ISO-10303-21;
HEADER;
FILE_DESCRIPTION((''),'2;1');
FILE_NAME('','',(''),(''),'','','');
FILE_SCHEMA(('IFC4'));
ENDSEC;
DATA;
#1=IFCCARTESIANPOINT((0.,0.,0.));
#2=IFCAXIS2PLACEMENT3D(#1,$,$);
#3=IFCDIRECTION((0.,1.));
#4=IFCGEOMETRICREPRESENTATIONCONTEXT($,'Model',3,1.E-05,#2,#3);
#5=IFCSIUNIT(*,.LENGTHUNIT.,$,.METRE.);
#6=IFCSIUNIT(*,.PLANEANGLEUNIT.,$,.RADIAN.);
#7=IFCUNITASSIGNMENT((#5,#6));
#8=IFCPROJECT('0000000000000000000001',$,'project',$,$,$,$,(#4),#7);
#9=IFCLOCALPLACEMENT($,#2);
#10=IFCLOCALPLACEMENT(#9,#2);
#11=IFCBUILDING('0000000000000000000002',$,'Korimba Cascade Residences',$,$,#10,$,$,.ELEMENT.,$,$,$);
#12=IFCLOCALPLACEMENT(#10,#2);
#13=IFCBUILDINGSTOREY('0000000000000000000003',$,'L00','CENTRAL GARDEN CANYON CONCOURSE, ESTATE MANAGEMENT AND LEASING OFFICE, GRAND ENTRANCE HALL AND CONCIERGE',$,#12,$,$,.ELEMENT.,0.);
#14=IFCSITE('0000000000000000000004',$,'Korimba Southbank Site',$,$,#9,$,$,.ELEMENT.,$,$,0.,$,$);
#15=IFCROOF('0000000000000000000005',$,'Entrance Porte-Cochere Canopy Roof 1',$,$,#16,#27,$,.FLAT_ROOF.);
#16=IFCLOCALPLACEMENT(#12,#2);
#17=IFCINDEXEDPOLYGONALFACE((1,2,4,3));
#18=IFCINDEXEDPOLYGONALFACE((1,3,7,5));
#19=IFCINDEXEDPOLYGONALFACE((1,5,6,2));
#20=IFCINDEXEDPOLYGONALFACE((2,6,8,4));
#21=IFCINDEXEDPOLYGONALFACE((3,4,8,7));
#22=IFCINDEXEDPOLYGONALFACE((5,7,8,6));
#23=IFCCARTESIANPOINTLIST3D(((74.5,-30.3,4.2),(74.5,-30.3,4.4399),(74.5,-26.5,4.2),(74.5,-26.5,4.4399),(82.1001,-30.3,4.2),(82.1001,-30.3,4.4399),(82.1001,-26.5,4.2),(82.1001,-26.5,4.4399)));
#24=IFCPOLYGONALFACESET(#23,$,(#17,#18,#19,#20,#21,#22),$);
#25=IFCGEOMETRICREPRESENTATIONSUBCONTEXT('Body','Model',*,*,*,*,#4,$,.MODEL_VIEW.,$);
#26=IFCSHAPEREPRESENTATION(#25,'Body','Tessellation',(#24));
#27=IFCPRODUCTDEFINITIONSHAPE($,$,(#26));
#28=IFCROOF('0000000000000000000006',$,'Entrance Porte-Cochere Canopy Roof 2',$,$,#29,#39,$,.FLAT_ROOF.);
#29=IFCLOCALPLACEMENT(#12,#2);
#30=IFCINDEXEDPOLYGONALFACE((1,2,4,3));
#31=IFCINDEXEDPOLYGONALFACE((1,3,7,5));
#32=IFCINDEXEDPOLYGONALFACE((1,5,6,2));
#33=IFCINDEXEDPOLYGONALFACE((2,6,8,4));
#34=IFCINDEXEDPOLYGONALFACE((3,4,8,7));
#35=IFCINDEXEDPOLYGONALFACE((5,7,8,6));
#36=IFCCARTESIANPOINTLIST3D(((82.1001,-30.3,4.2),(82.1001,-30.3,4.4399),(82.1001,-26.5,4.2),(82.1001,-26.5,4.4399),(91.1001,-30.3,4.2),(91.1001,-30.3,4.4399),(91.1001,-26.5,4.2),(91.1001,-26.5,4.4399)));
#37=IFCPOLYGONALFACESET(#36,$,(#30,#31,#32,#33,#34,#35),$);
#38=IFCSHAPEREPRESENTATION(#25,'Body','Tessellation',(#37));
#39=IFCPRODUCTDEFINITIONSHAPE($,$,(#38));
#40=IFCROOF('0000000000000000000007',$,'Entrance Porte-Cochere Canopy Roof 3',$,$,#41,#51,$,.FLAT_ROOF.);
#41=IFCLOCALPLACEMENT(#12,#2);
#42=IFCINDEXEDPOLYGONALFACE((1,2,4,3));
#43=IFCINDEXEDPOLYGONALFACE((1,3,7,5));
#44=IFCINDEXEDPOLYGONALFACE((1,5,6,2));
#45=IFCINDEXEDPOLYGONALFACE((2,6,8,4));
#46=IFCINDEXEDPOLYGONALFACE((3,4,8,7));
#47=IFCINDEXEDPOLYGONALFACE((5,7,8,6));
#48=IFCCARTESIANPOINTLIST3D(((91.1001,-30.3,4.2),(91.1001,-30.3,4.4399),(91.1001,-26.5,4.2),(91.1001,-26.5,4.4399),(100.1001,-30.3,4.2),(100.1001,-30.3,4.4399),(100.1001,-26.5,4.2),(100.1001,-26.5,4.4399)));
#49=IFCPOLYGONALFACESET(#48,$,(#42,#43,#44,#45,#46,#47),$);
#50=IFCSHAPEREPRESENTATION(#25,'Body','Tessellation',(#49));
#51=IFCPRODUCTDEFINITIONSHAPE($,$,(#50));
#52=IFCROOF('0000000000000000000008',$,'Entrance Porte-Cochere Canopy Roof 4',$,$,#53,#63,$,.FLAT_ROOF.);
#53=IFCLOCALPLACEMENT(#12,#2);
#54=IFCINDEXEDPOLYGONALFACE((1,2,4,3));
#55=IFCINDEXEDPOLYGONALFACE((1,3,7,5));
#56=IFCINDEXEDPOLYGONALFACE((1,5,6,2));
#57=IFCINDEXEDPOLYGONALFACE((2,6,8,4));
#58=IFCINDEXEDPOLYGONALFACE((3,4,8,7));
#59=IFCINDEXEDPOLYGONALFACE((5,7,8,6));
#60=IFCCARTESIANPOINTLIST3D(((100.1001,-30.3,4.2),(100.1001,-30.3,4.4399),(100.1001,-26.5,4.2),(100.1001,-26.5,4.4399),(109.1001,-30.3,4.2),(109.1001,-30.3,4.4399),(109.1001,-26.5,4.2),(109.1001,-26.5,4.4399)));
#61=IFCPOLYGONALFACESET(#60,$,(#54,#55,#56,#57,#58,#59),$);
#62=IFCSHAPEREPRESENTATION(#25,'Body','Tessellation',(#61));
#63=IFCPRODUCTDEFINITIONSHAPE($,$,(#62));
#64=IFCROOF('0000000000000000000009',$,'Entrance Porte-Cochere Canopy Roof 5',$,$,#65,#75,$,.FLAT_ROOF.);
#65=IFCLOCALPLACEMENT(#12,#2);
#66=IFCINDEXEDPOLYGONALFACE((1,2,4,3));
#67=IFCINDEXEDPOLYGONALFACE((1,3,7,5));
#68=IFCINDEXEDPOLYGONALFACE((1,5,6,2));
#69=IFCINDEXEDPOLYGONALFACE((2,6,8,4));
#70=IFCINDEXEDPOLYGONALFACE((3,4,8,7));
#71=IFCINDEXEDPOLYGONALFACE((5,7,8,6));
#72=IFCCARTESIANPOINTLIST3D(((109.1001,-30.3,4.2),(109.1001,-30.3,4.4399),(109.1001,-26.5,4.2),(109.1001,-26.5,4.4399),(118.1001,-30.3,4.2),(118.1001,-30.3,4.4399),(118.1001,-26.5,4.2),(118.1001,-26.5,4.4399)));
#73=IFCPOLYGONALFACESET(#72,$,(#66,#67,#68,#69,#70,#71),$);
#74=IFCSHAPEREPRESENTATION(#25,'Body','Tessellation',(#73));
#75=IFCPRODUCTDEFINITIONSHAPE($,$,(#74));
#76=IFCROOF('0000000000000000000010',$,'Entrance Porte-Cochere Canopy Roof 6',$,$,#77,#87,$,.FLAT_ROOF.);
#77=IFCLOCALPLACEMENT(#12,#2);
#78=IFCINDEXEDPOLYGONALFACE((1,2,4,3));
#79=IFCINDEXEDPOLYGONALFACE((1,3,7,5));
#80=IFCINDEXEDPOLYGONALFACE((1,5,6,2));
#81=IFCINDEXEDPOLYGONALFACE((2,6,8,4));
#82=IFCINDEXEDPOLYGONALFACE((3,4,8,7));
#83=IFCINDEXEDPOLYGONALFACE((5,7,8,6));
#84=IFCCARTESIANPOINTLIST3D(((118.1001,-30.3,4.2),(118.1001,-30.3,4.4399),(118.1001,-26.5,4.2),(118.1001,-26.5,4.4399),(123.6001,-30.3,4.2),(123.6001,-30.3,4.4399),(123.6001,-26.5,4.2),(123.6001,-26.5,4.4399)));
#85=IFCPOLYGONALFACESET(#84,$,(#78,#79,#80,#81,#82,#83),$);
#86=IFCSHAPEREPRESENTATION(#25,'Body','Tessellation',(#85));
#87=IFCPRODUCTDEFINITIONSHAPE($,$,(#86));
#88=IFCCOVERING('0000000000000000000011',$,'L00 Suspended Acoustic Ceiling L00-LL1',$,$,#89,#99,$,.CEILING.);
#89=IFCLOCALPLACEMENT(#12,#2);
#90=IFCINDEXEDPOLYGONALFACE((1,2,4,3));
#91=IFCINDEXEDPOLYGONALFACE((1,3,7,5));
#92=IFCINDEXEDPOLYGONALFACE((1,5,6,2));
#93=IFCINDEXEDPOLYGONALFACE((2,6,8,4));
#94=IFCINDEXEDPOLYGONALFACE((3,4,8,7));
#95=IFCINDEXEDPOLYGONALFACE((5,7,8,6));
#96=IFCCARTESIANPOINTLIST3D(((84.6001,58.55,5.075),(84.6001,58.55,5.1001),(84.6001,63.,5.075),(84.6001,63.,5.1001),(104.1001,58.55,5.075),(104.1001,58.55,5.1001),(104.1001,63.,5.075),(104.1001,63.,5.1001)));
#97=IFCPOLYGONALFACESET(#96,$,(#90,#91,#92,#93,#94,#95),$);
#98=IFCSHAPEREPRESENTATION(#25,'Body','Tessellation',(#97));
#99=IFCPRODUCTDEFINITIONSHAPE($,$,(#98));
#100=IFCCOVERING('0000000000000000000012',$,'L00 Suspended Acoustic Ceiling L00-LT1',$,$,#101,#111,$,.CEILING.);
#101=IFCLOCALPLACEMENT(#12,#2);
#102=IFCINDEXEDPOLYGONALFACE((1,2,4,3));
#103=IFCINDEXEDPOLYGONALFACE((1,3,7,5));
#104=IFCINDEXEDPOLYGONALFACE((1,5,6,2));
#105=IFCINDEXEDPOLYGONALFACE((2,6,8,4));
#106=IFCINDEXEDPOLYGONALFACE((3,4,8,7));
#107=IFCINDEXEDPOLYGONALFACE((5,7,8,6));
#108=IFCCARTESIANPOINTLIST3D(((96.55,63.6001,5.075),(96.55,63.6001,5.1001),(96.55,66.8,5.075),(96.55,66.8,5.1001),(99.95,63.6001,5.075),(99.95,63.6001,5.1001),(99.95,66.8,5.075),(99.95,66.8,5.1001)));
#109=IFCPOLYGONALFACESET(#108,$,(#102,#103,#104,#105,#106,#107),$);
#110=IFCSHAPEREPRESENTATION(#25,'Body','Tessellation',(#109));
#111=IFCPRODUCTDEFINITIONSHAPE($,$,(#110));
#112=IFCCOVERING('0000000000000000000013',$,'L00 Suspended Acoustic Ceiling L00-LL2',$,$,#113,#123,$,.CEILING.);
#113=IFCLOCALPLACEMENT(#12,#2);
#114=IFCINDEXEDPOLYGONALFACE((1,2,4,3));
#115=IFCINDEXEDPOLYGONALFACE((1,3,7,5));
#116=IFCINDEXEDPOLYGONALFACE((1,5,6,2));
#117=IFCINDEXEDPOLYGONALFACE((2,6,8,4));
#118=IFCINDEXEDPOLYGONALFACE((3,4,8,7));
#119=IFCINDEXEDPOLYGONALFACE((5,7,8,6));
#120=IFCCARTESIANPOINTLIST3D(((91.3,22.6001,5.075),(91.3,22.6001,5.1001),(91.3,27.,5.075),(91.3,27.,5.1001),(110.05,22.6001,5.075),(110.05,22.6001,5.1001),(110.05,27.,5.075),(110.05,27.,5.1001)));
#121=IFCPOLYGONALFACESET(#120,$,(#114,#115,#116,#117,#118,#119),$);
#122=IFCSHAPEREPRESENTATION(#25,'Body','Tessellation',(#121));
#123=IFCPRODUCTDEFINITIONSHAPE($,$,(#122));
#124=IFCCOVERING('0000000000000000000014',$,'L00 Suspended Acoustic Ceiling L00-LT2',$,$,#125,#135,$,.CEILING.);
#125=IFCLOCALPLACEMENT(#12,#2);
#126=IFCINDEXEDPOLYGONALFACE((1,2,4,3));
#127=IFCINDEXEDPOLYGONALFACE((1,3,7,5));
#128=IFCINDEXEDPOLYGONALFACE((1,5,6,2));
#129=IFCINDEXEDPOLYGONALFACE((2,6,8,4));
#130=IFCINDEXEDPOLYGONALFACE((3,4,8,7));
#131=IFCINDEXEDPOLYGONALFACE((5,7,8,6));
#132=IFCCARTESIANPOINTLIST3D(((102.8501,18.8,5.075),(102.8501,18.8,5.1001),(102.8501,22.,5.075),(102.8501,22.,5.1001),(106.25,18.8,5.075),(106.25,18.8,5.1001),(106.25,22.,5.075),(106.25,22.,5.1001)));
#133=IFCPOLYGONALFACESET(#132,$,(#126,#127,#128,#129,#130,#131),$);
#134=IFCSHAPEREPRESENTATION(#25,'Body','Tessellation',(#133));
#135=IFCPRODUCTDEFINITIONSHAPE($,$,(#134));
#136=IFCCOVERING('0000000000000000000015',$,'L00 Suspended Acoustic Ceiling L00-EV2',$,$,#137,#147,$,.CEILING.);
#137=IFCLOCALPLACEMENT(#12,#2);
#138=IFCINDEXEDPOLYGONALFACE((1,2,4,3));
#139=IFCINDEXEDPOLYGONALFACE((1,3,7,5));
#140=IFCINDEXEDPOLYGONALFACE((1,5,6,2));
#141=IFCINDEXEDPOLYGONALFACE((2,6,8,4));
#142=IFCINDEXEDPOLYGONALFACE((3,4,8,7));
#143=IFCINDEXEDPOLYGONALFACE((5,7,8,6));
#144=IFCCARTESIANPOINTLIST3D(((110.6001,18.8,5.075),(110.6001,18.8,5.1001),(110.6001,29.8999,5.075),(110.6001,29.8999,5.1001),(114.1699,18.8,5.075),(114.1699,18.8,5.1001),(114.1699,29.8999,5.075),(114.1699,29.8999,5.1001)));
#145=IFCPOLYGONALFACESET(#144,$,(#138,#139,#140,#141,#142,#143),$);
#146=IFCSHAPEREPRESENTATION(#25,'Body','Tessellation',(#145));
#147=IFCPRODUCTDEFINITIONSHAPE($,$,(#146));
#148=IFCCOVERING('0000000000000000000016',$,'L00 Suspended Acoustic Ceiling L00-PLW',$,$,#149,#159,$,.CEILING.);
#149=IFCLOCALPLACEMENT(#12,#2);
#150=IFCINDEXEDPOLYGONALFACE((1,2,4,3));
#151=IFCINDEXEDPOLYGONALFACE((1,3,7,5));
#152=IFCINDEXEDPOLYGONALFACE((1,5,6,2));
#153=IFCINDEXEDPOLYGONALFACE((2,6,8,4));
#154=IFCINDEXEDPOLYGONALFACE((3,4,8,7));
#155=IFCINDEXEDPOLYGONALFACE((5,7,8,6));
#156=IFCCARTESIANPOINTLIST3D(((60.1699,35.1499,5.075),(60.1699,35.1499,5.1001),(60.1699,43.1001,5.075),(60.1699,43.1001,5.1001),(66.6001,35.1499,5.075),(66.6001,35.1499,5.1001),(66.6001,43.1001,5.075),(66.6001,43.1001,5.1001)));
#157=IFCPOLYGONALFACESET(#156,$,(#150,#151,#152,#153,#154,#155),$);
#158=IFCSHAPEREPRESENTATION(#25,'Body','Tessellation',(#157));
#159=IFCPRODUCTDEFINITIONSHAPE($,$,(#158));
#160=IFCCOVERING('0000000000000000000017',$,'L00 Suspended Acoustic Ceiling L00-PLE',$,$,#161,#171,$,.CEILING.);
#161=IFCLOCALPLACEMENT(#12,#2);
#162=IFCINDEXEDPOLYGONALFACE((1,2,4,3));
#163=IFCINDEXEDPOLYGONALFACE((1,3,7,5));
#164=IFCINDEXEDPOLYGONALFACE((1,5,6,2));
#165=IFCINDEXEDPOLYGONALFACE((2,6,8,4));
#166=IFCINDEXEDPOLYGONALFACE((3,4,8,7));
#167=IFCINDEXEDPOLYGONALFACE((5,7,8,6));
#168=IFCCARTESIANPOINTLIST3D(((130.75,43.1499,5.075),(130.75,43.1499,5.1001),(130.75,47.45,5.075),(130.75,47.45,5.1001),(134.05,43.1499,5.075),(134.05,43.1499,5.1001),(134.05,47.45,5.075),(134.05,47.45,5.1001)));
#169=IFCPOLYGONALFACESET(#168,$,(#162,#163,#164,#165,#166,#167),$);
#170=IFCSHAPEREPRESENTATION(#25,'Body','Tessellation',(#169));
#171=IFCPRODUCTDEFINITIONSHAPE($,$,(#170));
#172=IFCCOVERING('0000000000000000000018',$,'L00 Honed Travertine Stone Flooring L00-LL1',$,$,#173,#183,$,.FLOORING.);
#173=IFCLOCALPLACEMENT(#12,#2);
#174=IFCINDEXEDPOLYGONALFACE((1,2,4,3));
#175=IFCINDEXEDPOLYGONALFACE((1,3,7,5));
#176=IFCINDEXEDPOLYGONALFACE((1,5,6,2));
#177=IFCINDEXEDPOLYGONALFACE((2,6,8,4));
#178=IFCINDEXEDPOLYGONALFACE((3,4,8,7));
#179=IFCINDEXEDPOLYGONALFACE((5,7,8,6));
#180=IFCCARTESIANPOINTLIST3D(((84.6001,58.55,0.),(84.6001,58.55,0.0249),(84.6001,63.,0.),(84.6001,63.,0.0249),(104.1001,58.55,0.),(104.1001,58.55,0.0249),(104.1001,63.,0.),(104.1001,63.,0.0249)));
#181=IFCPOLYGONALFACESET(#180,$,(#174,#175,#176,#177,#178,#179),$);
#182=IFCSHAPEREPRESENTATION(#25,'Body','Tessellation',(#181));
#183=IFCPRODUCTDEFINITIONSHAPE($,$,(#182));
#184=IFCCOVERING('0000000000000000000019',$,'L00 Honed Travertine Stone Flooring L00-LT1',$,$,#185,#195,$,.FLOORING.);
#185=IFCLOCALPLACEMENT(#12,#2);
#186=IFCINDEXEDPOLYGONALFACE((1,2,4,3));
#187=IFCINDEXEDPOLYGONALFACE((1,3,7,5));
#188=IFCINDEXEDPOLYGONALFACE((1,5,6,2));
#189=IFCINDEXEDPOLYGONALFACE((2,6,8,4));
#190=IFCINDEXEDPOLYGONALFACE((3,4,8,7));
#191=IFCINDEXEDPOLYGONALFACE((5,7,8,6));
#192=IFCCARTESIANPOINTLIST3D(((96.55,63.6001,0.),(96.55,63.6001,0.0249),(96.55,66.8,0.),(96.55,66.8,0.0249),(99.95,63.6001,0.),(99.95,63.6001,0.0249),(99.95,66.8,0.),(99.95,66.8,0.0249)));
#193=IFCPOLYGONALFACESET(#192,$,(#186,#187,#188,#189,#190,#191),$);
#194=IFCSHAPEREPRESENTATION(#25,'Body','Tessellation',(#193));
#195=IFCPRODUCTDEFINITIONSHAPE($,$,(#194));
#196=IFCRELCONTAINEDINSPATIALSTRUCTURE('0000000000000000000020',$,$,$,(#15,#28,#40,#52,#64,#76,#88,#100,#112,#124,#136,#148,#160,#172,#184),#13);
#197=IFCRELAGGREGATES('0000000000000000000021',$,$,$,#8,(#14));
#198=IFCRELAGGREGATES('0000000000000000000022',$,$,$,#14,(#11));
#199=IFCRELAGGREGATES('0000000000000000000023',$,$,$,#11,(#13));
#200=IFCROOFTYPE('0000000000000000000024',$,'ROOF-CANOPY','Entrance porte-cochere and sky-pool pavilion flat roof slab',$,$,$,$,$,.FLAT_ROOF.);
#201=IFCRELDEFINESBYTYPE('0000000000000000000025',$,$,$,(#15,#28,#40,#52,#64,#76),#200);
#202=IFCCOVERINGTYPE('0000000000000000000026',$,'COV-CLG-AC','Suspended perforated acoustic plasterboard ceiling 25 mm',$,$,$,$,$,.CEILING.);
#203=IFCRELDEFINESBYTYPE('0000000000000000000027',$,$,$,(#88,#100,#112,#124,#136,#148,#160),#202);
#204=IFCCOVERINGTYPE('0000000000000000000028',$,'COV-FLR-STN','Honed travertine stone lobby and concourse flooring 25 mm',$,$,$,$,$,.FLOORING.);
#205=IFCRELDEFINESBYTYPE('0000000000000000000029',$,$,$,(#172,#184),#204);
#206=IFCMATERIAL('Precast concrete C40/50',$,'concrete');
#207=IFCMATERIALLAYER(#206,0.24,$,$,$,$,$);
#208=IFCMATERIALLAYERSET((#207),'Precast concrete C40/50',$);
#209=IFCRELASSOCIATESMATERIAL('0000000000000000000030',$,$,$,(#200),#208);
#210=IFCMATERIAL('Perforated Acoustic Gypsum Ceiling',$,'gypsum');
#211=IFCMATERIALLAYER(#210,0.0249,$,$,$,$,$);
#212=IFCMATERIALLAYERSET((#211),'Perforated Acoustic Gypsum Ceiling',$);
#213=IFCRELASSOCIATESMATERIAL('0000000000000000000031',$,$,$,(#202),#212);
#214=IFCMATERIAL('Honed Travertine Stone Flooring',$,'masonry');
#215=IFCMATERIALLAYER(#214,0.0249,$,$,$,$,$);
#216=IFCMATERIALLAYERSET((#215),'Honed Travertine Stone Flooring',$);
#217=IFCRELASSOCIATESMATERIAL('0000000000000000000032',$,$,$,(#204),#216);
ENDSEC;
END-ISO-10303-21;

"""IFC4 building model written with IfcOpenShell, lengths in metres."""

from ifc_helpers import new_model, si_unit, direction, frame, origin, place, context, subcontext, project, spatial, polyline, outline, extrude, material, layer, layer_set, type_object, element, save


model = new_model("IFC4")

# Units and contexts
model_context = context("Model", 3, precision=1e-05, world=origin(), true_north=direction((0.0, 1.0)))
body_context = subcontext(model_context, "Body", "Model", "MODEL_VIEW")
ifc_project = project(units=[si_unit("LENGTHUNIT", "METRE"), si_unit("PLANEANGLEUNIT", "RADIAN")], contexts=[model_context])

# Site, building, storey
site_placement = place(None, origin())
site = spatial("IfcSite", under=ifc_project, at=site_placement, Name="Korimba Southbank Site", CompositionType="ELEMENT", RefElevation=0.0)
building_placement = place(site_placement, origin())
building = spatial("IfcBuilding", under=site, at=building_placement, Name="Korimba Cascade Residences", CompositionType="ELEMENT")
storey_placement = place(building_placement, origin())
storey = spatial("IfcBuildingStorey", under=building, at=storey_placement, Name="L00", Description="CENTRAL GARDEN CANYON CONCOURSE, ESTATE MANAGEMENT AND LEASING OFFICE, GRAND ENTRANCE HALL AND CONCIERGE", CompositionType="ELEMENT", Elevation=0.0)

# Roofs
ifc_material_1 = material(Name="Precast concrete C40/50", Category="concrete")
ifc_layer_1 = layer(ifc_material_1, 0.24)
ifc_layer_set_1 = layer_set([ifc_layer_1], Name="Precast concrete C40/50")
roof_type = type_object("IfcRoofType", Name="ROOF-CANOPY", Description="Entrance porte-cochere and sky-pool pavilion flat roof slab", PredefinedType="FLAT_ROOF", material=ifc_layer_set_1)
roof_1_placement = place(storey_placement, frame((0.0, 0.0, 4.2)))
element("IfcRoof", 1, at=roof_1_placement, inside=storey, type_object=roof_type, Name="Entrance Porte-Cochere Canopy Roof 1", PredefinedType="FLAT_ROOF", context=body_context, shape_type="SweptSolid", body=[
    extrude(outline(polyline([(74.5, -30.3), (82.1001, -30.3), (82.1001, -26.5), (74.5, -26.5), (74.5, -30.3)])), origin(), (0.0, 0.0, 1.0), 0.24),
])
roof_2_placement = place(storey_placement, frame((0.0, 0.0, 4.2)))
element("IfcRoof", 2, at=roof_2_placement, inside=storey, type_object=roof_type, Name="Entrance Porte-Cochere Canopy Roof 2", PredefinedType="FLAT_ROOF", context=body_context, shape_type="SweptSolid", body=[
    extrude(outline(polyline([(82.1001, -30.3), (91.1001, -30.3), (91.1001, -26.5), (82.1001, -26.5), (82.1001, -30.3)])), origin(), (0.0, 0.0, 1.0), 0.24),
])
roof_3_placement = place(storey_placement, frame((0.0, 0.0, 4.2)))
element("IfcRoof", 3, at=roof_3_placement, inside=storey, type_object=roof_type, Name="Entrance Porte-Cochere Canopy Roof 3", PredefinedType="FLAT_ROOF", context=body_context, shape_type="SweptSolid", body=[
    extrude(outline(polyline([(91.1001, -30.3), (100.1001, -30.3), (100.1001, -26.5), (91.1001, -26.5), (91.1001, -30.3)])), origin(), (0.0, 0.0, 1.0), 0.24),
])
roof_4_placement = place(storey_placement, frame((0.0, 0.0, 4.2)))
element("IfcRoof", 4, at=roof_4_placement, inside=storey, type_object=roof_type, Name="Entrance Porte-Cochere Canopy Roof 4", PredefinedType="FLAT_ROOF", context=body_context, shape_type="SweptSolid", body=[
    extrude(outline(polyline([(100.1001, -30.3), (109.1001, -30.3), (109.1001, -26.5), (100.1001, -26.5), (100.1001, -30.3)])), origin(), (0.0, 0.0, 1.0), 0.24),
])
roof_5_placement = place(storey_placement, frame((0.0, 0.0, 4.2)))
element("IfcRoof", 5, at=roof_5_placement, inside=storey, type_object=roof_type, Name="Entrance Porte-Cochere Canopy Roof 5", PredefinedType="FLAT_ROOF", context=body_context, shape_type="SweptSolid", body=[
    extrude(outline(polyline([(109.1001, -30.3), (118.1001, -30.3), (118.1001, -26.5), (109.1001, -26.5), (109.1001, -30.3)])), origin(), (0.0, 0.0, 1.0), 0.24),
])
roof_6_placement = place(storey_placement, frame((0.0, 0.0, 4.2)))
element("IfcRoof", 6, at=roof_6_placement, inside=storey, type_object=roof_type, Name="Entrance Porte-Cochere Canopy Roof 6", PredefinedType="FLAT_ROOF", context=body_context, shape_type="SweptSolid", body=[
    extrude(outline(polyline([(118.1001, -30.3), (123.6001, -30.3), (123.6001, -26.5), (118.1001, -26.5), (118.1001, -30.3)])), origin(), (0.0, 0.0, 1.0), 0.24),
])

# Coverings
ifc_material_2 = material(Name="Perforated Acoustic Gypsum Ceiling", Category="gypsum")
ifc_layer_2 = layer(ifc_material_2, 0.0249)
ifc_layer_set_2 = layer_set([ifc_layer_2], Name="Perforated Acoustic Gypsum Ceiling")
covering_type_1 = type_object("IfcCoveringType", Name="COV-CLG-AC", Description="Suspended perforated acoustic plasterboard ceiling 25 mm", PredefinedType="CEILING", material=ifc_layer_set_2)
covering_1_placement = place(storey_placement, frame((0.0, 0.0, 5.075)))
element("IfcCovering", 7, at=covering_1_placement, inside=storey, type_object=covering_type_1, Name="L00 Suspended Acoustic Ceiling L00-LL1", PredefinedType="CEILING", context=body_context, shape_type="SweptSolid", body=[
    extrude(outline(polyline([(84.6001, 58.55), (104.1001, 58.55), (104.1001, 63.0), (84.6001, 63.0), (84.6001, 58.55)])), origin(), (0.0, 0.0, 1.0), 0.0251),
])
covering_2_placement = place(storey_placement, frame((0.0, 0.0, 5.075)))
element("IfcCovering", 8, at=covering_2_placement, inside=storey, type_object=covering_type_1, Name="L00 Suspended Acoustic Ceiling L00-LT1", PredefinedType="CEILING", context=body_context, shape_type="SweptSolid", body=[
    extrude(outline(polyline([(96.55, 63.6001), (99.95, 63.6001), (99.95, 66.8), (96.55, 66.8), (96.55, 63.6001)])), origin(), (0.0, 0.0, 1.0), 0.0251),
])
covering_3_placement = place(storey_placement, frame((0.0, 0.0, 5.075)))
element("IfcCovering", 9, at=covering_3_placement, inside=storey, type_object=covering_type_1, Name="L00 Suspended Acoustic Ceiling L00-LL2", PredefinedType="CEILING", context=body_context, shape_type="SweptSolid", body=[
    extrude(outline(polyline([(91.3, 22.6001), (110.05, 22.6001), (110.05, 27.0), (91.3, 27.0), (91.3, 22.6001)])), origin(), (0.0, 0.0, 1.0), 0.0251),
])
covering_4_placement = place(storey_placement, frame((0.0, 0.0, 5.075)))
element("IfcCovering", 10, at=covering_4_placement, inside=storey, type_object=covering_type_1, Name="L00 Suspended Acoustic Ceiling L00-LT2", PredefinedType="CEILING", context=body_context, shape_type="SweptSolid", body=[
    extrude(outline(polyline([(102.8501, 18.8), (106.25, 18.8), (106.25, 22.0), (102.8501, 22.0), (102.8501, 18.8)])), origin(), (0.0, 0.0, 1.0), 0.0251),
])
covering_5_placement = place(storey_placement, frame((0.0, 0.0, 5.075)))
element("IfcCovering", 11, at=covering_5_placement, inside=storey, type_object=covering_type_1, Name="L00 Suspended Acoustic Ceiling L00-EV2", PredefinedType="CEILING", context=body_context, shape_type="SweptSolid", body=[
    extrude(outline(polyline([(110.6001, 18.8), (114.1699, 18.8), (114.1699, 29.8999), (110.6001, 29.8999), (110.6001, 18.8)])), origin(), (0.0, 0.0, 1.0), 0.0251),
])
covering_6_placement = place(storey_placement, frame((0.0, 0.0, 5.075)))
element("IfcCovering", 12, at=covering_6_placement, inside=storey, type_object=covering_type_1, Name="L00 Suspended Acoustic Ceiling L00-PLW", PredefinedType="CEILING", context=body_context, shape_type="SweptSolid", body=[
    extrude(outline(polyline([(60.1699, 35.1499), (66.6001, 35.1499), (66.6001, 43.1001), (60.1699, 43.1001), (60.1699, 35.1499)])), origin(), (0.0, 0.0, 1.0), 0.0251),
])
covering_7_placement = place(storey_placement, frame((0.0, 0.0, 5.075)))
element("IfcCovering", 13, at=covering_7_placement, inside=storey, type_object=covering_type_1, Name="L00 Suspended Acoustic Ceiling L00-PLE", PredefinedType="CEILING", context=body_context, shape_type="SweptSolid", body=[
    extrude(outline(polyline([(130.75, 43.1499), (134.05, 43.1499), (134.05, 47.45), (130.75, 47.45), (130.75, 43.1499)])), origin(), (0.0, 0.0, 1.0), 0.0251),
])
ifc_material_3 = material(Name="Honed Travertine Stone Flooring", Category="masonry")
ifc_layer_3 = layer(ifc_material_3, 0.0249)
ifc_layer_set_3 = layer_set([ifc_layer_3], Name="Honed Travertine Stone Flooring")
covering_type_2 = type_object("IfcCoveringType", Name="COV-FLR-STN", Description="Honed travertine stone lobby and concourse flooring 25 mm", PredefinedType="FLOORING", material=ifc_layer_set_3)
covering_8_placement = place(storey_placement, origin())
element("IfcCovering", 14, at=covering_8_placement, inside=storey, type_object=covering_type_2, Name="L00 Honed Travertine Stone Flooring L00-LL1", PredefinedType="FLOORING", context=body_context, shape_type="SweptSolid", body=[
    extrude(outline(polyline([(84.6001, 58.55), (104.1001, 58.55), (104.1001, 63.0), (84.6001, 63.0), (84.6001, 58.55)])), origin(), (0.0, 0.0, 1.0), 0.0249),
])
covering_9_placement = place(storey_placement, origin())
element("IfcCovering", 15, at=covering_9_placement, inside=storey, type_object=covering_type_2, Name="L00 Honed Travertine Stone Flooring L00-LT1", PredefinedType="FLOORING", context=body_context, shape_type="SweptSolid", body=[
    extrude(outline(polyline([(96.55, 63.6001), (99.95, 63.6001), (99.95, 66.8), (96.55, 66.8), (96.55, 63.6001)])), origin(), (0.0, 0.0, 1.0), 0.0249),
])

save(model, "model.ifc")
